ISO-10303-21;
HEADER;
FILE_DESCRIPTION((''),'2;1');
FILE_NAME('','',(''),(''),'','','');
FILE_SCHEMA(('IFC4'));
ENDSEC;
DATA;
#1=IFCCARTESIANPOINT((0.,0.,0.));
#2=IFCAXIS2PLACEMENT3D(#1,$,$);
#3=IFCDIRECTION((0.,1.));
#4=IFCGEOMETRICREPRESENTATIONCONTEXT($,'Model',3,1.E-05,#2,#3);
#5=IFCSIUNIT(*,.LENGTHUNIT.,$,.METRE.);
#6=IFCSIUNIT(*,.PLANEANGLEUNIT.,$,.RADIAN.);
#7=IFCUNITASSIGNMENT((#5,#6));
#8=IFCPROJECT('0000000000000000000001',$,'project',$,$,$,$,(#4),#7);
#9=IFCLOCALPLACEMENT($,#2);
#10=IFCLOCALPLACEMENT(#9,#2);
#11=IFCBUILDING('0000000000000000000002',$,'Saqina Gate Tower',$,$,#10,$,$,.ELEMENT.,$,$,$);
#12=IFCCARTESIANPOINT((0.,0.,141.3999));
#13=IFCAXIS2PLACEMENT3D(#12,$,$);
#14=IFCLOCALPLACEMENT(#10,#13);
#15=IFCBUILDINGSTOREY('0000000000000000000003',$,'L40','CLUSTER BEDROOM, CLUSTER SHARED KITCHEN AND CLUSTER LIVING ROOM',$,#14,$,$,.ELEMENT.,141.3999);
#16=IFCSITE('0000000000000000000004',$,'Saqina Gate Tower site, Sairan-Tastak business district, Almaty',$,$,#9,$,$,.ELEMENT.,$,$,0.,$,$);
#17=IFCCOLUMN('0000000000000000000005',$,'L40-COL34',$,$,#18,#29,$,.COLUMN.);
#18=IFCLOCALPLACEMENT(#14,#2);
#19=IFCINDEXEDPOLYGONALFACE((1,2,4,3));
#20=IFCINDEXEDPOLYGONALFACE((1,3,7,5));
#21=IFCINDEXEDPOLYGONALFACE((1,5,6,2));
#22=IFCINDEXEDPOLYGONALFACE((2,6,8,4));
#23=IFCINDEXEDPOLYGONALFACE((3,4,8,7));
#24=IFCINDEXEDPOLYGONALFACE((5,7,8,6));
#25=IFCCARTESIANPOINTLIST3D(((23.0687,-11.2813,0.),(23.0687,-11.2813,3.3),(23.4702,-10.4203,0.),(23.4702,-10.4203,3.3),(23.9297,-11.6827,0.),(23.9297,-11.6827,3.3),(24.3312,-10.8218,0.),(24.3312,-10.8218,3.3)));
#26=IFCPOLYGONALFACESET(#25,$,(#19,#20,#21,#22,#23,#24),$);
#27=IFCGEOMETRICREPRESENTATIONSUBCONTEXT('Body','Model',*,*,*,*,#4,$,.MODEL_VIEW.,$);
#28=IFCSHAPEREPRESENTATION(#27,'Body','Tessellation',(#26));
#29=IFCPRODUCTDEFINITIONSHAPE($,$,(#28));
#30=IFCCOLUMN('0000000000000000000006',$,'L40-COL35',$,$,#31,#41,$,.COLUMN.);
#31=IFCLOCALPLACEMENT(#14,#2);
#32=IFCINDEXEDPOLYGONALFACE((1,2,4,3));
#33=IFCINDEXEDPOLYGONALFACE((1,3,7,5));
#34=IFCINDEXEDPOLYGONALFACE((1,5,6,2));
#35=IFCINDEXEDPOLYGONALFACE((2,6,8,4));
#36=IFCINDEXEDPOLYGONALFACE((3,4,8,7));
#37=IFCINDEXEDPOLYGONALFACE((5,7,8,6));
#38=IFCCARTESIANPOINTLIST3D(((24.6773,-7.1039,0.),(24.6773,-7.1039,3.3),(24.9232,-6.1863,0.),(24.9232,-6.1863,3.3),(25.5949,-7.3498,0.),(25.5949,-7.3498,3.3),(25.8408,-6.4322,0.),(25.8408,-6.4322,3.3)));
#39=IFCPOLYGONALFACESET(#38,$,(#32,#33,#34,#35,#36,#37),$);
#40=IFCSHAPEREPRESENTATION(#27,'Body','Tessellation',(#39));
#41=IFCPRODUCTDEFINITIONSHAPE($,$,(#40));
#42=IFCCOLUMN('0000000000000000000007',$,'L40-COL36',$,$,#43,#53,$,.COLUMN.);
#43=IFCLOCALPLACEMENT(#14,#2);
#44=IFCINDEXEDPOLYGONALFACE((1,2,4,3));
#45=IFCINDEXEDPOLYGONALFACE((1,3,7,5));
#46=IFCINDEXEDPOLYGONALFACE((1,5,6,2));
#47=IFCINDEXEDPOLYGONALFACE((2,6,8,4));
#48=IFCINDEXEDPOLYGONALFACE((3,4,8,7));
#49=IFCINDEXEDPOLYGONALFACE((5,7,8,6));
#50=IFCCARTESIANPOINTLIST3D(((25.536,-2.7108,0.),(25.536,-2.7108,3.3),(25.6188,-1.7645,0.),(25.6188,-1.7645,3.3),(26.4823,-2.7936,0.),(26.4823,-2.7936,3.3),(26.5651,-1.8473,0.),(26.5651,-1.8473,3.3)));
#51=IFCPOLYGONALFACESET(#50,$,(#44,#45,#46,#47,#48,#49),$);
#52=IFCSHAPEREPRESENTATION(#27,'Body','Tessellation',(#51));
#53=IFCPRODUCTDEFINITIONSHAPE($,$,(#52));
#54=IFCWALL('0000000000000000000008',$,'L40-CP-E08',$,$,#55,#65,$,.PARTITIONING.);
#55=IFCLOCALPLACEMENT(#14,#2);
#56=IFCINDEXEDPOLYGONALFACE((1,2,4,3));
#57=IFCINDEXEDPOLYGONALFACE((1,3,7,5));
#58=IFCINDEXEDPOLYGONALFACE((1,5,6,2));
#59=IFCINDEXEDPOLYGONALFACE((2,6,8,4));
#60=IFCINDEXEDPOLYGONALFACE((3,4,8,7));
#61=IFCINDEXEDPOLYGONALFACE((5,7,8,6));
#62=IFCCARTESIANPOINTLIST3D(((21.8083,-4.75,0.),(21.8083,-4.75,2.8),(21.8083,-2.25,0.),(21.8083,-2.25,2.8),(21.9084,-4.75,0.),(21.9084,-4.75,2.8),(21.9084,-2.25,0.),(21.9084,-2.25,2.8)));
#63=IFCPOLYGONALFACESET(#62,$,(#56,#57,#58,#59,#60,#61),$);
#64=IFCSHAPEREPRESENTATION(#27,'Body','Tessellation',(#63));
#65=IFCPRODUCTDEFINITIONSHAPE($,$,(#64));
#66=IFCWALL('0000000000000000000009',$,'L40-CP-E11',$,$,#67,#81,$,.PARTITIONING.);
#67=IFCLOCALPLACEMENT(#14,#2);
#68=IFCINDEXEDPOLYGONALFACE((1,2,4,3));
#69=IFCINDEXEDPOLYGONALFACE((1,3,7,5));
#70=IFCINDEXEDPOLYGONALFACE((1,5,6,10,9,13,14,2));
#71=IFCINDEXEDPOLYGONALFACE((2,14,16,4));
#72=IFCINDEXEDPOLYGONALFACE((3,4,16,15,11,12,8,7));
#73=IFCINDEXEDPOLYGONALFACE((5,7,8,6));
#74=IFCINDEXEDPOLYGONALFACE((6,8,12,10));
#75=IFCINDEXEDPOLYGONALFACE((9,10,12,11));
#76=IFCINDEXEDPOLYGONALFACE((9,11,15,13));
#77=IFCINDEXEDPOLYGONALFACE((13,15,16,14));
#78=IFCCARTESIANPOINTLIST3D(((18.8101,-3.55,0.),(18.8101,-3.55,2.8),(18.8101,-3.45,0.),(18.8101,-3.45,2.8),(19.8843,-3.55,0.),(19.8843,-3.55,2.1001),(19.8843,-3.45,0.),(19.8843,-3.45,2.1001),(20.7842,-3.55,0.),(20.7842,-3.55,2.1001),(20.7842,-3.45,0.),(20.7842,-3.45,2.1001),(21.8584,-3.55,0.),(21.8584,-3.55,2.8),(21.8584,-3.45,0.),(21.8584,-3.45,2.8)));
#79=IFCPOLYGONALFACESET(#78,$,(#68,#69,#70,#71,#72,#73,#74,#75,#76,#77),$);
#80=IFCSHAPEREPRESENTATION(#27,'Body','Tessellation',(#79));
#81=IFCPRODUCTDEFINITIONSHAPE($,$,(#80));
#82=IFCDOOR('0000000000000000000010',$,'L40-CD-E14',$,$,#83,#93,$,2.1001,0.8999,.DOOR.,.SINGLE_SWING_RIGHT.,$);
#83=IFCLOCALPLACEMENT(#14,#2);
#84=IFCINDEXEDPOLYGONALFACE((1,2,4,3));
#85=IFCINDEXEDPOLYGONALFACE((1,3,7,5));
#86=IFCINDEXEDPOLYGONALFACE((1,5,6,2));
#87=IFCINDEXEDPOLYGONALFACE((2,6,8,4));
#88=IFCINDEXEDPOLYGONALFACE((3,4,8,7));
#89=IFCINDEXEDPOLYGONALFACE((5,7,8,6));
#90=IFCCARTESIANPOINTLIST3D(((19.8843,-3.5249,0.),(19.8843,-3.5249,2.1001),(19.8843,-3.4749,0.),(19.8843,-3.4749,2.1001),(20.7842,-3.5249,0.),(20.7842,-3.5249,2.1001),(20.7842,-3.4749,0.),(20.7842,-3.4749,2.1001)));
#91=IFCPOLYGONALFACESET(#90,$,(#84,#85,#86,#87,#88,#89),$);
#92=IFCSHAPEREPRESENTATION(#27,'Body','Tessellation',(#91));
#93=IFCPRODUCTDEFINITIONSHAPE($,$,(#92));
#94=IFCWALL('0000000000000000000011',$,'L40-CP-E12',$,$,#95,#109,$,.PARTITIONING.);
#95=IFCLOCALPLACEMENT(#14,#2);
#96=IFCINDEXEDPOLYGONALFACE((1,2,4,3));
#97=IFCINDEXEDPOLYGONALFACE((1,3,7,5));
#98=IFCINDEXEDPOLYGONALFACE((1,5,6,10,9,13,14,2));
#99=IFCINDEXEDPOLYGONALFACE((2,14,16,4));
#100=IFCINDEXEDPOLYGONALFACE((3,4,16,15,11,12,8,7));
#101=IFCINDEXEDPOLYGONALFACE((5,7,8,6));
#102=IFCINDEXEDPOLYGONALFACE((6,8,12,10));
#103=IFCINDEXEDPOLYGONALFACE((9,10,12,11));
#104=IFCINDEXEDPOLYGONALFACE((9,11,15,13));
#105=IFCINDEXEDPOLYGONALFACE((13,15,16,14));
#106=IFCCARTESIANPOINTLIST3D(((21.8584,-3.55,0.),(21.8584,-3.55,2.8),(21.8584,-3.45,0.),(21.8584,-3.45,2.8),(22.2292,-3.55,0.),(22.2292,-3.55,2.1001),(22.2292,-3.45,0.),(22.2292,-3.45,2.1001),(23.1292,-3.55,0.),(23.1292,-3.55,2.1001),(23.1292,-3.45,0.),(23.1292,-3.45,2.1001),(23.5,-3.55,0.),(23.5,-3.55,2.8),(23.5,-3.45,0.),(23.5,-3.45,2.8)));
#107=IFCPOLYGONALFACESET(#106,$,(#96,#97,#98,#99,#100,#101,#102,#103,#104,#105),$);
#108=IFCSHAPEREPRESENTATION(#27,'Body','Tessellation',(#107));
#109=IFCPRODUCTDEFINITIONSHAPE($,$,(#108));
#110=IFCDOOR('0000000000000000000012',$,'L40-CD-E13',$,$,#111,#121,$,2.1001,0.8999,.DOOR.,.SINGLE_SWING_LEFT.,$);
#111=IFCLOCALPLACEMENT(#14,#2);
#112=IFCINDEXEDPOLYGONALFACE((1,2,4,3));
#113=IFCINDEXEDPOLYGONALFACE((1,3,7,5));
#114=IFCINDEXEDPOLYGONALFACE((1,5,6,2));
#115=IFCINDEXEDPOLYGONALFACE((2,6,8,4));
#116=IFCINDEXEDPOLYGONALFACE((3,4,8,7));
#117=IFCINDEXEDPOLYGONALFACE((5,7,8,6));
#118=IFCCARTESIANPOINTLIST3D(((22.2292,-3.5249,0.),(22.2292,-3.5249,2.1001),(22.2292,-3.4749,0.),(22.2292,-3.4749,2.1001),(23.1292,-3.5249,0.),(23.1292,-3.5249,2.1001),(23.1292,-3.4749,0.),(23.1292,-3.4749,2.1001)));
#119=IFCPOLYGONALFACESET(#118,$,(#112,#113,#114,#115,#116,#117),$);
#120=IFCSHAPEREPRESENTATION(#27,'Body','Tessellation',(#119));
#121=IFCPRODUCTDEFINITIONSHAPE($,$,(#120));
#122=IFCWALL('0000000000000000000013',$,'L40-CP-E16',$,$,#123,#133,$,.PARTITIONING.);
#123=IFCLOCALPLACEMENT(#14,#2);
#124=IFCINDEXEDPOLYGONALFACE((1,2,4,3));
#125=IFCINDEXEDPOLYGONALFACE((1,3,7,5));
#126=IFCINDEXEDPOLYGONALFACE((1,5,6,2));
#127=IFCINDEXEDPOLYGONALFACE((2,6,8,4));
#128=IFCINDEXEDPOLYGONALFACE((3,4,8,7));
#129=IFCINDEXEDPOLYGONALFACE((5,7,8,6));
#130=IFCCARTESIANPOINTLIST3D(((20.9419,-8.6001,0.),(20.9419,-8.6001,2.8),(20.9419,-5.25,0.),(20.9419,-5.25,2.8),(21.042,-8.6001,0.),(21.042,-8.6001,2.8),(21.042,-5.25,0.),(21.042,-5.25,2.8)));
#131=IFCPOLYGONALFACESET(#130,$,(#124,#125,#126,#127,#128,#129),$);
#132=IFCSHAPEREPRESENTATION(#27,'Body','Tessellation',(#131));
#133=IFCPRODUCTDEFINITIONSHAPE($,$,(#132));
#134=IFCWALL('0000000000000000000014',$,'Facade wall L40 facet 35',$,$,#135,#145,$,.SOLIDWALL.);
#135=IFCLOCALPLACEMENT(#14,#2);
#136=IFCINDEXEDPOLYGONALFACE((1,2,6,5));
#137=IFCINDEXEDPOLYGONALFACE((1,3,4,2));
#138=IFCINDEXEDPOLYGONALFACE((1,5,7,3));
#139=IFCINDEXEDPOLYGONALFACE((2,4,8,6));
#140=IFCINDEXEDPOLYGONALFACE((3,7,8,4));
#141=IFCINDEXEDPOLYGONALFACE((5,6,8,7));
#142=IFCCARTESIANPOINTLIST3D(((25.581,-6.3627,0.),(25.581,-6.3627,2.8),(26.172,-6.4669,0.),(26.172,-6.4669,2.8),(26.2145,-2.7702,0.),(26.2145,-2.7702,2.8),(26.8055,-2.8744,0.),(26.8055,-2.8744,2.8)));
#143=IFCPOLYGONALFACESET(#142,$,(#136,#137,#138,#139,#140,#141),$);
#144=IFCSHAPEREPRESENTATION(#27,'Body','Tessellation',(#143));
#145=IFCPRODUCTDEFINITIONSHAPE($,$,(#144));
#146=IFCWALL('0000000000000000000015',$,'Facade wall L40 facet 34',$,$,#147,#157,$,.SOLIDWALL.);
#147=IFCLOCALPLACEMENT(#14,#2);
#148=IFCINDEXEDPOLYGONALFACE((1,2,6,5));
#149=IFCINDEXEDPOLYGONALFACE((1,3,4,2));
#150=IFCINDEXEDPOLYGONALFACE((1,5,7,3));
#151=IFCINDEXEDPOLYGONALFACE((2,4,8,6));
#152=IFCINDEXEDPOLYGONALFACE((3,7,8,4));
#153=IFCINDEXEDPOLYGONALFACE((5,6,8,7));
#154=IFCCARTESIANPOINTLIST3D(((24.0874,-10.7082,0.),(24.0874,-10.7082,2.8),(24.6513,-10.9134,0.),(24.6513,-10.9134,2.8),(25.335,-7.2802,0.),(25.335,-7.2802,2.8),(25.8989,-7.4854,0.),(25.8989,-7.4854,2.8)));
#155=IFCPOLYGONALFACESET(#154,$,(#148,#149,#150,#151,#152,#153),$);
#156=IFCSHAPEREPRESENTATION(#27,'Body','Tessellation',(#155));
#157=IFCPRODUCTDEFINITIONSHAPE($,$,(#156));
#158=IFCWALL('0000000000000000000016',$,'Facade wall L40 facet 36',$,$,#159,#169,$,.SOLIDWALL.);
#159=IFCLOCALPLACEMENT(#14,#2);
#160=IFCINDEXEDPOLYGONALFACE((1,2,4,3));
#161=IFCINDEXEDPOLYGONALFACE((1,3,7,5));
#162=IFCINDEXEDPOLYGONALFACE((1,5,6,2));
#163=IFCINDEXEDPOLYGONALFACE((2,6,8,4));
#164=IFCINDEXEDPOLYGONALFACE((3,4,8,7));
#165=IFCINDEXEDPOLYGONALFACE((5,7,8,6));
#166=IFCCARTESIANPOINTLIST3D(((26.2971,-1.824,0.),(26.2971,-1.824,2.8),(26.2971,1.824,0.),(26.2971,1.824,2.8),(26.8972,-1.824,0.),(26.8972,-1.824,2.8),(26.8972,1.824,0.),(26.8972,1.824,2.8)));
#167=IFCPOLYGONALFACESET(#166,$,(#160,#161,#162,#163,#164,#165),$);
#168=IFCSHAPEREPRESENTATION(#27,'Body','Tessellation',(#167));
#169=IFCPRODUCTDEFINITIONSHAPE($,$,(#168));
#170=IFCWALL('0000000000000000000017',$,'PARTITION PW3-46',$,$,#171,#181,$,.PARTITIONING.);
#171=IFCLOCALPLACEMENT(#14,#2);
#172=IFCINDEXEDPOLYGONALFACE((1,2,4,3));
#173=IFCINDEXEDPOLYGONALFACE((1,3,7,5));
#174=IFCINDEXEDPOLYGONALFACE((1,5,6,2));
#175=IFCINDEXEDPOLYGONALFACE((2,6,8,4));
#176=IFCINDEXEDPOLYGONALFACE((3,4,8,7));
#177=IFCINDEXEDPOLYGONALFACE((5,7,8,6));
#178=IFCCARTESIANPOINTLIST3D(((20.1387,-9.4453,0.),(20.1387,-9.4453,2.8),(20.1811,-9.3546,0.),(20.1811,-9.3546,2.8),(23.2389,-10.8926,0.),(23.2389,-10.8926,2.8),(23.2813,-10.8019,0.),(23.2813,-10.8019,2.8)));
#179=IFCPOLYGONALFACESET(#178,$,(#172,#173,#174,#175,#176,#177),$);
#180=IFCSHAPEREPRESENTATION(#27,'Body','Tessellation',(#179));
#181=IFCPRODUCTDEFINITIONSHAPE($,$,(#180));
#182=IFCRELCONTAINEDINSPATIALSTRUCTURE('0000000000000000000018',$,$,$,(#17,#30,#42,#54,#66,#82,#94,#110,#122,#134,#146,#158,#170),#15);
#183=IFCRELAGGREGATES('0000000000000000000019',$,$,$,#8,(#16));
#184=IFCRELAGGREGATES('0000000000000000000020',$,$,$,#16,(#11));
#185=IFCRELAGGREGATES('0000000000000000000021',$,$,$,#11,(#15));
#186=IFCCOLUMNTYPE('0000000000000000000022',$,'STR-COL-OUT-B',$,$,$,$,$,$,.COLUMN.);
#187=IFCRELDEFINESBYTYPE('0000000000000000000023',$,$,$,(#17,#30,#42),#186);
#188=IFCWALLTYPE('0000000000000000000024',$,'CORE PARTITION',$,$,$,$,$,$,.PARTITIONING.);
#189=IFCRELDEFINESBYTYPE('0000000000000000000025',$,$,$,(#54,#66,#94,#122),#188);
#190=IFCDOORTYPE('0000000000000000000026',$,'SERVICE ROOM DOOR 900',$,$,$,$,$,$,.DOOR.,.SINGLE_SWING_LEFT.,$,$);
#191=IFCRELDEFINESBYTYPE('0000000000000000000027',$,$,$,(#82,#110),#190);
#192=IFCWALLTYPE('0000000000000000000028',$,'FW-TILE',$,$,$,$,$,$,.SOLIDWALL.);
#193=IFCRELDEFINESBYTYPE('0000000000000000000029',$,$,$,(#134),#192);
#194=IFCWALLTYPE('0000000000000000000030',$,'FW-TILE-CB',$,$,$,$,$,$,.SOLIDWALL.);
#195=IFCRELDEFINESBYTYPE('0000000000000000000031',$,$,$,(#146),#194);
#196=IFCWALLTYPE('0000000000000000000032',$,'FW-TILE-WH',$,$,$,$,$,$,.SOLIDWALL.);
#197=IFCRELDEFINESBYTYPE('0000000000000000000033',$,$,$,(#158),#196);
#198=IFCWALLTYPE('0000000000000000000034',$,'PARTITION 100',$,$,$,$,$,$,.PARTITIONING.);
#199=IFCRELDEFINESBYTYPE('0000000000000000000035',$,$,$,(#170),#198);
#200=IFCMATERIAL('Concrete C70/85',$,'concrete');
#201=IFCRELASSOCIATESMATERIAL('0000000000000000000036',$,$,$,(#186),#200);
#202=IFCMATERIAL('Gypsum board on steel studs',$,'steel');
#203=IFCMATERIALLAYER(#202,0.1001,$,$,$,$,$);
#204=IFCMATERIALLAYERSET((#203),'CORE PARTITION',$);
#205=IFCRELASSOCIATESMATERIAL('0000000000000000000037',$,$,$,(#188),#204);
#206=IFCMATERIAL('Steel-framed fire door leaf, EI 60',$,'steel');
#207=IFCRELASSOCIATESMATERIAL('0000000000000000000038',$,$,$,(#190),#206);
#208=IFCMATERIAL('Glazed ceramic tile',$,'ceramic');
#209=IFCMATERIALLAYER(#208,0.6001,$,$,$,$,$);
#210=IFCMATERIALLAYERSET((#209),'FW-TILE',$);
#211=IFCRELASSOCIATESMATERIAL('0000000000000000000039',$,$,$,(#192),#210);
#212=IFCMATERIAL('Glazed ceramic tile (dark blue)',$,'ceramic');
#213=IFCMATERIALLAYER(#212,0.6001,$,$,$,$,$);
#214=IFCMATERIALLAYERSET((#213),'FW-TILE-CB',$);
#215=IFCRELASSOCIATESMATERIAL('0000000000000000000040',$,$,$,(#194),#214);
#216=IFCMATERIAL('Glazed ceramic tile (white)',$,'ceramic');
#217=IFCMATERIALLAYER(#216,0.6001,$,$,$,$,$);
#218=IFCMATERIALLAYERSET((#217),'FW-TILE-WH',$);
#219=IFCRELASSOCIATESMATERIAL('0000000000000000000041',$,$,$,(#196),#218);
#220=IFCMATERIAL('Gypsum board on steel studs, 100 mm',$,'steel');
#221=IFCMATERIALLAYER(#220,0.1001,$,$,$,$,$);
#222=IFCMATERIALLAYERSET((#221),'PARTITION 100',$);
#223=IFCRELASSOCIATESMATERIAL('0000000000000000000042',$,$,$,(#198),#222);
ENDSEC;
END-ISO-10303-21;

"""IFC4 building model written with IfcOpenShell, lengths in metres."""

from ifc_helpers import new_model, si_unit, direction, frame, frame_2d, origin, origin_2d, place, context, subcontext, project, spatial, rectangle, extrude, material, layer, layer_set, material_profile, profile_set, type_object, element, fill, save


model = new_model("IFC4")

# Units and contexts
model_context = context("Model", 3, precision=1e-05, world=origin(), true_north=direction((0.0, 1.0)))
body_context = subcontext(model_context, "Body", "Model", "MODEL_VIEW")
ifc_project = project(units=[si_unit("LENGTHUNIT", "METRE"), si_unit("PLANEANGLEUNIT", "RADIAN")], contexts=[model_context])

# Site, building, storey
site_placement = place(None, origin())
site = spatial("IfcSite", under=ifc_project, at=site_placement, Name="Saqina Gate Tower site, Sairan-Tastak business district, Almaty", CompositionType="ELEMENT", RefElevation=0.0)
building_placement = place(site_placement, origin())
building = spatial("IfcBuilding", under=site, at=building_placement, Name="Saqina Gate Tower", CompositionType="ELEMENT")
storey_placement = place(building_placement, frame((0.0, 0.0, 141.3999)))
storey = spatial("IfcBuildingStorey", under=building, at=storey_placement, Name="L40", Description="CLUSTER BEDROOM, CLUSTER SHARED KITCHEN AND CLUSTER LIVING ROOM", CompositionType="ELEMENT", Elevation=141.3999)

# Columns
ifc_material_1 = material(Name="Concrete C70/85", Category="concrete")
ifc_material_profile = material_profile(ifc_material_1, rectangle(XDim=0.95, YDim=0.95, at=origin_2d()), Name="RC 950x950")
ifc_profile_set = profile_set([ifc_material_profile], Name="Concrete C70/85")
column_type = type_object("IfcColumnType", Name="STR-COL-OUT-B", PredefinedType="COLUMN", material=ifc_profile_set)
for number, where, z_axis, x_axis, name in (
    (1, (23.7, -11.0515, 0.0), (0.0, 0.0, 1.0), (0.906308, -0.422618, 0.0), "L40-COL34"),
    (2, (25.259, -6.7681, 0.0), (0.0, 0.0, 1.0), (0.965926, -0.258819, 0.0), "L40-COL35"),
    (3, (26.0505, -2.2791, 0.0), (0.0, 0.0, 1.0), (0.996195, -0.087156, 0.0), "L40-COL36"),
):
    element("IfcColumn", number, at=place(storey_placement, frame(where, z_axis=z_axis, x_axis=x_axis)), inside=storey, type_object=column_type, Name=name, PredefinedType="COLUMN", context=body_context, shape_type="SweptSolid", body=[
        extrude(rectangle(XDim=0.95, YDim=0.95, at=origin_2d()), origin(), (0.0, 0.0, 1.0), 3.3),
    ])

# Wall
ifc_material_2 = material(Name="Gypsum board on steel studs", Category="steel")
ifc_layer_1 = layer(ifc_material_2, 0.1001)
ifc_layer_set_1 = layer_set([ifc_layer_1], Name="CORE PARTITION")
wall_type_1 = type_object("IfcWallType", Name="CORE PARTITION", PredefinedType="PARTITIONING", material=ifc_layer_set_1)
wall_1_placement = place(storey_placement, frame((21.8584, -4.75, 0.0), z_axis=(0.0, 0.0, 1.0), x_axis=(0.0, 1.0, 0.0)))
element("IfcWall", 4, at=wall_1_placement, inside=storey, type_object=wall_type_1, Name="L40-CP-E08", PredefinedType="PARTITIONING", context=body_context, shape_type="SweptSolid", body=[
    extrude(rectangle(XDim=2.5, YDim=0.1001, at=frame_2d((1.25, 0.0))), origin(), (0.0, 0.0, 1.0), 2.8),
])

# Walls, openings, doors
wall_2_placement = place(storey_placement, frame((18.8101, -3.5, 0.0), z_axis=(0.0, 0.0, 1.0), x_axis=(1.0, 0.0, 0.0)))
wall_2 = element("IfcWall", 5, at=wall_2_placement, inside=storey, type_object=wall_type_1, Name="L40-CP-E11", PredefinedType="PARTITIONING", context=body_context, shape_type="SweptSolid", body=[
    extrude(rectangle(XDim=3.0483, YDim=0.1001, at=frame_2d((1.5242, 0.0))), origin(), (0.0, 0.0, 1.0), 2.8),
])
opening_1_placement = place(wall_2_placement, frame((1.0742, 0.0, 0.0)))
opening_1 = element("IfcOpeningElement", 6, at=opening_1_placement, cuts=wall_2, PredefinedType="OPENING", context=body_context, shape_type="SweptSolid", body=[
    extrude(rectangle(XDim=0.8999, YDim=2.1001, at=frame_2d((0.45, 1.05))), frame((0.0, 0.062, 0.0), z_axis=(0.0, -1.0, 0.0), x_axis=(1.0, 0.0, 0.0)), (0.0, 0.0, 1.0), 0.124),
])
ifc_material_3 = material(Name="Steel-framed fire door leaf, EI 60", Category="steel")
door_type_1 = type_object("IfcDoorType", Name="SERVICE ROOM DOOR 900", OperationType="SINGLE_SWING_LEFT", PredefinedType="DOOR", material=ifc_material_3)
door_1_placement = place(opening_1_placement, frame((0.8999, 0.0, 0.0), z_axis=(0.0, 0.0, 1.0), x_axis=(-1.0, 0.0, 0.0)))
door_1 = element("IfcDoor", 7, at=door_1_placement, inside=storey, type_object=door_type_1, Name="L40-CD-E14", OperationType="SINGLE_SWING_RIGHT", OverallHeight=2.1001, OverallWidth=0.8999, PredefinedType="DOOR", context=body_context, shape_type="SweptSolid", body=[
    extrude(rectangle(XDim=0.8999, YDim=2.1001, at=frame_2d((0.45, 1.05))), frame((0.0, 0.0249, 0.0), z_axis=(0.0, -1.0, 0.0), x_axis=(1.0, 0.0, 0.0)), (0.0, 0.0, 1.0), 0.05),
])
fill(opening_1, door_1)
wall_3_placement = place(storey_placement, frame((21.8584, -3.5, 0.0), z_axis=(0.0, 0.0, 1.0), x_axis=(1.0, 0.0, 0.0)))
wall_3 = element("IfcWall", 8, at=wall_3_placement, inside=storey, type_object=wall_type_1, Name="L40-CP-E12", PredefinedType="PARTITIONING", context=body_context, shape_type="SweptSolid", body=[
    extrude(rectangle(XDim=1.6416, YDim=0.1001, at=frame_2d((0.8208, 0.0))), origin(), (0.0, 0.0, 1.0), 2.8),
])
opening_2_placement = place(wall_3_placement, frame((0.3708, 0.0, 0.0)))
opening_2 = element("IfcOpeningElement", 9, at=opening_2_placement, cuts=wall_3, PredefinedType="OPENING", context=body_context, shape_type="SweptSolid", body=[
    extrude(rectangle(XDim=0.8999, YDim=2.1001, at=frame_2d((0.45, 1.05))), frame((0.0, 0.062, 0.0), z_axis=(0.0, -1.0, 0.0), x_axis=(1.0, 0.0, 0.0)), (0.0, 0.0, 1.0), 0.124),
])
door_2_placement = place(opening_2_placement, frame((0.8999, 0.0, 0.0), z_axis=(0.0, 0.0, 1.0), x_axis=(-1.0, 0.0, 0.0)))
door_2 = element("IfcDoor", 10, at=door_2_placement, inside=storey, type_object=door_type_1, Name="L40-CD-E13", OperationType="SINGLE_SWING_LEFT", OverallHeight=2.1001, OverallWidth=0.8999, PredefinedType="DOOR", context=body_context, shape_type="SweptSolid", body=[
    extrude(rectangle(XDim=0.8999, YDim=2.1001, at=frame_2d((0.45, 1.05))), frame((0.0, 0.0249, 0.0), z_axis=(0.0, -1.0, 0.0), x_axis=(1.0, 0.0, 0.0)), (0.0, 0.0, 1.0), 0.05),
])
fill(opening_2, door_2)

# Walls
wall_4_placement = place(storey_placement, frame((20.9919, -8.6001, 0.0), z_axis=(0.0, 0.0, 1.0), x_axis=(0.0, 1.0, 0.0)))
element("IfcWall", 11, at=wall_4_placement, inside=storey, type_object=wall_type_1, Name="L40-CP-E16", PredefinedType="PARTITIONING", context=body_context, shape_type="SweptSolid", body=[
    extrude(rectangle(XDim=3.3501, YDim=0.1001, at=frame_2d((1.675, 0.0))), origin(), (0.0, 0.0, 1.0), 2.8),
])
ifc_material_4 = material(Name="Glazed ceramic tile", Category="ceramic")
ifc_layer_2 = layer(ifc_material_4, 0.6001)
ifc_layer_set_2 = layer_set([ifc_layer_2], Name="FW-TILE")
wall_type_2 = type_object("IfcWallType", Name="FW-TILE", PredefinedType="SOLIDWALL", material=ifc_layer_set_2)
wall_5_placement = place(storey_placement, frame((25.8765, -6.4148, 0.0), z_axis=(0.0, 0.0, 1.0), x_axis=(0.173671, 0.984804, 0.0)))
element("IfcWall", 12, at=wall_5_placement, inside=storey, type_object=wall_type_2, Name="Facade wall L40 facet 35", PredefinedType="SOLIDWALL", context=body_context, shape_type="SweptSolid", body=[
    extrude(rectangle(XDim=3.6479, YDim=0.6001, at=frame_2d((1.824, 0.0))), origin(), (0.0, 0.0, 1.0), 2.8),
])
ifc_material_5 = material(Name="Glazed ceramic tile (dark blue)", Category="ceramic")
ifc_layer_3 = layer(ifc_material_5, 0.6001)
ifc_layer_set_3 = layer_set([ifc_layer_3], Name="FW-TILE-CB")
wall_type_3 = type_object("IfcWallType", Name="FW-TILE-CB", PredefinedType="SOLIDWALL", material=ifc_layer_set_3)
wall_6_placement = place(storey_placement, frame((24.3694, -10.8108, 0.0), z_axis=(0.0, 0.0, 1.0), x_axis=(0.34199, 0.939704, 0.0)))
element("IfcWall", 13, at=wall_6_placement, inside=storey, type_object=wall_type_3, Name="Facade wall L40 facet 34", PredefinedType="SOLIDWALL", context=body_context, shape_type="SweptSolid", body=[
    extrude(rectangle(XDim=3.6479, YDim=0.6001, at=frame_2d((1.824, 0.0))), origin(), (0.0, 0.0, 1.0), 2.8),
])
ifc_material_6 = material(Name="Glazed ceramic tile (white)", Category="ceramic")
ifc_layer_4 = layer(ifc_material_6, 0.6001)
ifc_layer_set_4 = layer_set([ifc_layer_4], Name="FW-TILE-WH")
wall_type_4 = type_object("IfcWallType", Name="FW-TILE-WH", PredefinedType="SOLIDWALL", material=ifc_layer_set_4)
wall_7_placement = place(storey_placement, frame((26.5972, -1.824, 0.0), z_axis=(0.0, 0.0, 1.0), x_axis=(0.0, 1.0, 0.0)))
element("IfcWall", 14, at=wall_7_placement, inside=storey, type_object=wall_type_4, Name="Facade wall L40 facet 36", PredefinedType="SOLIDWALL", context=body_context, shape_type="SweptSolid", body=[
    extrude(rectangle(XDim=3.6479, YDim=0.6001, at=frame_2d((1.824, 0.0))), origin(), (0.0, 0.0, 1.0), 2.8),
])
ifc_material_7 = material(Name="Gypsum board on steel studs, 100 mm", Category="steel")
ifc_layer_5 = layer(ifc_material_7, 0.1001)
ifc_layer_set_5 = layer_set([ifc_layer_5], Name="PARTITION 100")
wall_type_5 = type_object("IfcWallType", Name="PARTITION 100", PredefinedType="PARTITIONING", material=ifc_layer_set_5)
wall_8_placement = place(storey_placement, frame((20.1599, -9.3999, 0.0), z_axis=(0.0, 0.0, 1.0), x_axis=(0.906121, -0.423018, 0.0)))
element("IfcWall", 15, at=wall_8_placement, inside=storey, type_object=wall_type_5, Name="PARTITION PW3-46", PredefinedType="PARTITIONING", context=body_context, shape_type="SweptSolid", body=[
    extrude(rectangle(XDim=3.4214, YDim=0.1001, at=frame_2d((1.7107, 0.0))), origin(), (0.0, 0.0, 1.0), 2.8),
])

save(model, "model.ifc")
